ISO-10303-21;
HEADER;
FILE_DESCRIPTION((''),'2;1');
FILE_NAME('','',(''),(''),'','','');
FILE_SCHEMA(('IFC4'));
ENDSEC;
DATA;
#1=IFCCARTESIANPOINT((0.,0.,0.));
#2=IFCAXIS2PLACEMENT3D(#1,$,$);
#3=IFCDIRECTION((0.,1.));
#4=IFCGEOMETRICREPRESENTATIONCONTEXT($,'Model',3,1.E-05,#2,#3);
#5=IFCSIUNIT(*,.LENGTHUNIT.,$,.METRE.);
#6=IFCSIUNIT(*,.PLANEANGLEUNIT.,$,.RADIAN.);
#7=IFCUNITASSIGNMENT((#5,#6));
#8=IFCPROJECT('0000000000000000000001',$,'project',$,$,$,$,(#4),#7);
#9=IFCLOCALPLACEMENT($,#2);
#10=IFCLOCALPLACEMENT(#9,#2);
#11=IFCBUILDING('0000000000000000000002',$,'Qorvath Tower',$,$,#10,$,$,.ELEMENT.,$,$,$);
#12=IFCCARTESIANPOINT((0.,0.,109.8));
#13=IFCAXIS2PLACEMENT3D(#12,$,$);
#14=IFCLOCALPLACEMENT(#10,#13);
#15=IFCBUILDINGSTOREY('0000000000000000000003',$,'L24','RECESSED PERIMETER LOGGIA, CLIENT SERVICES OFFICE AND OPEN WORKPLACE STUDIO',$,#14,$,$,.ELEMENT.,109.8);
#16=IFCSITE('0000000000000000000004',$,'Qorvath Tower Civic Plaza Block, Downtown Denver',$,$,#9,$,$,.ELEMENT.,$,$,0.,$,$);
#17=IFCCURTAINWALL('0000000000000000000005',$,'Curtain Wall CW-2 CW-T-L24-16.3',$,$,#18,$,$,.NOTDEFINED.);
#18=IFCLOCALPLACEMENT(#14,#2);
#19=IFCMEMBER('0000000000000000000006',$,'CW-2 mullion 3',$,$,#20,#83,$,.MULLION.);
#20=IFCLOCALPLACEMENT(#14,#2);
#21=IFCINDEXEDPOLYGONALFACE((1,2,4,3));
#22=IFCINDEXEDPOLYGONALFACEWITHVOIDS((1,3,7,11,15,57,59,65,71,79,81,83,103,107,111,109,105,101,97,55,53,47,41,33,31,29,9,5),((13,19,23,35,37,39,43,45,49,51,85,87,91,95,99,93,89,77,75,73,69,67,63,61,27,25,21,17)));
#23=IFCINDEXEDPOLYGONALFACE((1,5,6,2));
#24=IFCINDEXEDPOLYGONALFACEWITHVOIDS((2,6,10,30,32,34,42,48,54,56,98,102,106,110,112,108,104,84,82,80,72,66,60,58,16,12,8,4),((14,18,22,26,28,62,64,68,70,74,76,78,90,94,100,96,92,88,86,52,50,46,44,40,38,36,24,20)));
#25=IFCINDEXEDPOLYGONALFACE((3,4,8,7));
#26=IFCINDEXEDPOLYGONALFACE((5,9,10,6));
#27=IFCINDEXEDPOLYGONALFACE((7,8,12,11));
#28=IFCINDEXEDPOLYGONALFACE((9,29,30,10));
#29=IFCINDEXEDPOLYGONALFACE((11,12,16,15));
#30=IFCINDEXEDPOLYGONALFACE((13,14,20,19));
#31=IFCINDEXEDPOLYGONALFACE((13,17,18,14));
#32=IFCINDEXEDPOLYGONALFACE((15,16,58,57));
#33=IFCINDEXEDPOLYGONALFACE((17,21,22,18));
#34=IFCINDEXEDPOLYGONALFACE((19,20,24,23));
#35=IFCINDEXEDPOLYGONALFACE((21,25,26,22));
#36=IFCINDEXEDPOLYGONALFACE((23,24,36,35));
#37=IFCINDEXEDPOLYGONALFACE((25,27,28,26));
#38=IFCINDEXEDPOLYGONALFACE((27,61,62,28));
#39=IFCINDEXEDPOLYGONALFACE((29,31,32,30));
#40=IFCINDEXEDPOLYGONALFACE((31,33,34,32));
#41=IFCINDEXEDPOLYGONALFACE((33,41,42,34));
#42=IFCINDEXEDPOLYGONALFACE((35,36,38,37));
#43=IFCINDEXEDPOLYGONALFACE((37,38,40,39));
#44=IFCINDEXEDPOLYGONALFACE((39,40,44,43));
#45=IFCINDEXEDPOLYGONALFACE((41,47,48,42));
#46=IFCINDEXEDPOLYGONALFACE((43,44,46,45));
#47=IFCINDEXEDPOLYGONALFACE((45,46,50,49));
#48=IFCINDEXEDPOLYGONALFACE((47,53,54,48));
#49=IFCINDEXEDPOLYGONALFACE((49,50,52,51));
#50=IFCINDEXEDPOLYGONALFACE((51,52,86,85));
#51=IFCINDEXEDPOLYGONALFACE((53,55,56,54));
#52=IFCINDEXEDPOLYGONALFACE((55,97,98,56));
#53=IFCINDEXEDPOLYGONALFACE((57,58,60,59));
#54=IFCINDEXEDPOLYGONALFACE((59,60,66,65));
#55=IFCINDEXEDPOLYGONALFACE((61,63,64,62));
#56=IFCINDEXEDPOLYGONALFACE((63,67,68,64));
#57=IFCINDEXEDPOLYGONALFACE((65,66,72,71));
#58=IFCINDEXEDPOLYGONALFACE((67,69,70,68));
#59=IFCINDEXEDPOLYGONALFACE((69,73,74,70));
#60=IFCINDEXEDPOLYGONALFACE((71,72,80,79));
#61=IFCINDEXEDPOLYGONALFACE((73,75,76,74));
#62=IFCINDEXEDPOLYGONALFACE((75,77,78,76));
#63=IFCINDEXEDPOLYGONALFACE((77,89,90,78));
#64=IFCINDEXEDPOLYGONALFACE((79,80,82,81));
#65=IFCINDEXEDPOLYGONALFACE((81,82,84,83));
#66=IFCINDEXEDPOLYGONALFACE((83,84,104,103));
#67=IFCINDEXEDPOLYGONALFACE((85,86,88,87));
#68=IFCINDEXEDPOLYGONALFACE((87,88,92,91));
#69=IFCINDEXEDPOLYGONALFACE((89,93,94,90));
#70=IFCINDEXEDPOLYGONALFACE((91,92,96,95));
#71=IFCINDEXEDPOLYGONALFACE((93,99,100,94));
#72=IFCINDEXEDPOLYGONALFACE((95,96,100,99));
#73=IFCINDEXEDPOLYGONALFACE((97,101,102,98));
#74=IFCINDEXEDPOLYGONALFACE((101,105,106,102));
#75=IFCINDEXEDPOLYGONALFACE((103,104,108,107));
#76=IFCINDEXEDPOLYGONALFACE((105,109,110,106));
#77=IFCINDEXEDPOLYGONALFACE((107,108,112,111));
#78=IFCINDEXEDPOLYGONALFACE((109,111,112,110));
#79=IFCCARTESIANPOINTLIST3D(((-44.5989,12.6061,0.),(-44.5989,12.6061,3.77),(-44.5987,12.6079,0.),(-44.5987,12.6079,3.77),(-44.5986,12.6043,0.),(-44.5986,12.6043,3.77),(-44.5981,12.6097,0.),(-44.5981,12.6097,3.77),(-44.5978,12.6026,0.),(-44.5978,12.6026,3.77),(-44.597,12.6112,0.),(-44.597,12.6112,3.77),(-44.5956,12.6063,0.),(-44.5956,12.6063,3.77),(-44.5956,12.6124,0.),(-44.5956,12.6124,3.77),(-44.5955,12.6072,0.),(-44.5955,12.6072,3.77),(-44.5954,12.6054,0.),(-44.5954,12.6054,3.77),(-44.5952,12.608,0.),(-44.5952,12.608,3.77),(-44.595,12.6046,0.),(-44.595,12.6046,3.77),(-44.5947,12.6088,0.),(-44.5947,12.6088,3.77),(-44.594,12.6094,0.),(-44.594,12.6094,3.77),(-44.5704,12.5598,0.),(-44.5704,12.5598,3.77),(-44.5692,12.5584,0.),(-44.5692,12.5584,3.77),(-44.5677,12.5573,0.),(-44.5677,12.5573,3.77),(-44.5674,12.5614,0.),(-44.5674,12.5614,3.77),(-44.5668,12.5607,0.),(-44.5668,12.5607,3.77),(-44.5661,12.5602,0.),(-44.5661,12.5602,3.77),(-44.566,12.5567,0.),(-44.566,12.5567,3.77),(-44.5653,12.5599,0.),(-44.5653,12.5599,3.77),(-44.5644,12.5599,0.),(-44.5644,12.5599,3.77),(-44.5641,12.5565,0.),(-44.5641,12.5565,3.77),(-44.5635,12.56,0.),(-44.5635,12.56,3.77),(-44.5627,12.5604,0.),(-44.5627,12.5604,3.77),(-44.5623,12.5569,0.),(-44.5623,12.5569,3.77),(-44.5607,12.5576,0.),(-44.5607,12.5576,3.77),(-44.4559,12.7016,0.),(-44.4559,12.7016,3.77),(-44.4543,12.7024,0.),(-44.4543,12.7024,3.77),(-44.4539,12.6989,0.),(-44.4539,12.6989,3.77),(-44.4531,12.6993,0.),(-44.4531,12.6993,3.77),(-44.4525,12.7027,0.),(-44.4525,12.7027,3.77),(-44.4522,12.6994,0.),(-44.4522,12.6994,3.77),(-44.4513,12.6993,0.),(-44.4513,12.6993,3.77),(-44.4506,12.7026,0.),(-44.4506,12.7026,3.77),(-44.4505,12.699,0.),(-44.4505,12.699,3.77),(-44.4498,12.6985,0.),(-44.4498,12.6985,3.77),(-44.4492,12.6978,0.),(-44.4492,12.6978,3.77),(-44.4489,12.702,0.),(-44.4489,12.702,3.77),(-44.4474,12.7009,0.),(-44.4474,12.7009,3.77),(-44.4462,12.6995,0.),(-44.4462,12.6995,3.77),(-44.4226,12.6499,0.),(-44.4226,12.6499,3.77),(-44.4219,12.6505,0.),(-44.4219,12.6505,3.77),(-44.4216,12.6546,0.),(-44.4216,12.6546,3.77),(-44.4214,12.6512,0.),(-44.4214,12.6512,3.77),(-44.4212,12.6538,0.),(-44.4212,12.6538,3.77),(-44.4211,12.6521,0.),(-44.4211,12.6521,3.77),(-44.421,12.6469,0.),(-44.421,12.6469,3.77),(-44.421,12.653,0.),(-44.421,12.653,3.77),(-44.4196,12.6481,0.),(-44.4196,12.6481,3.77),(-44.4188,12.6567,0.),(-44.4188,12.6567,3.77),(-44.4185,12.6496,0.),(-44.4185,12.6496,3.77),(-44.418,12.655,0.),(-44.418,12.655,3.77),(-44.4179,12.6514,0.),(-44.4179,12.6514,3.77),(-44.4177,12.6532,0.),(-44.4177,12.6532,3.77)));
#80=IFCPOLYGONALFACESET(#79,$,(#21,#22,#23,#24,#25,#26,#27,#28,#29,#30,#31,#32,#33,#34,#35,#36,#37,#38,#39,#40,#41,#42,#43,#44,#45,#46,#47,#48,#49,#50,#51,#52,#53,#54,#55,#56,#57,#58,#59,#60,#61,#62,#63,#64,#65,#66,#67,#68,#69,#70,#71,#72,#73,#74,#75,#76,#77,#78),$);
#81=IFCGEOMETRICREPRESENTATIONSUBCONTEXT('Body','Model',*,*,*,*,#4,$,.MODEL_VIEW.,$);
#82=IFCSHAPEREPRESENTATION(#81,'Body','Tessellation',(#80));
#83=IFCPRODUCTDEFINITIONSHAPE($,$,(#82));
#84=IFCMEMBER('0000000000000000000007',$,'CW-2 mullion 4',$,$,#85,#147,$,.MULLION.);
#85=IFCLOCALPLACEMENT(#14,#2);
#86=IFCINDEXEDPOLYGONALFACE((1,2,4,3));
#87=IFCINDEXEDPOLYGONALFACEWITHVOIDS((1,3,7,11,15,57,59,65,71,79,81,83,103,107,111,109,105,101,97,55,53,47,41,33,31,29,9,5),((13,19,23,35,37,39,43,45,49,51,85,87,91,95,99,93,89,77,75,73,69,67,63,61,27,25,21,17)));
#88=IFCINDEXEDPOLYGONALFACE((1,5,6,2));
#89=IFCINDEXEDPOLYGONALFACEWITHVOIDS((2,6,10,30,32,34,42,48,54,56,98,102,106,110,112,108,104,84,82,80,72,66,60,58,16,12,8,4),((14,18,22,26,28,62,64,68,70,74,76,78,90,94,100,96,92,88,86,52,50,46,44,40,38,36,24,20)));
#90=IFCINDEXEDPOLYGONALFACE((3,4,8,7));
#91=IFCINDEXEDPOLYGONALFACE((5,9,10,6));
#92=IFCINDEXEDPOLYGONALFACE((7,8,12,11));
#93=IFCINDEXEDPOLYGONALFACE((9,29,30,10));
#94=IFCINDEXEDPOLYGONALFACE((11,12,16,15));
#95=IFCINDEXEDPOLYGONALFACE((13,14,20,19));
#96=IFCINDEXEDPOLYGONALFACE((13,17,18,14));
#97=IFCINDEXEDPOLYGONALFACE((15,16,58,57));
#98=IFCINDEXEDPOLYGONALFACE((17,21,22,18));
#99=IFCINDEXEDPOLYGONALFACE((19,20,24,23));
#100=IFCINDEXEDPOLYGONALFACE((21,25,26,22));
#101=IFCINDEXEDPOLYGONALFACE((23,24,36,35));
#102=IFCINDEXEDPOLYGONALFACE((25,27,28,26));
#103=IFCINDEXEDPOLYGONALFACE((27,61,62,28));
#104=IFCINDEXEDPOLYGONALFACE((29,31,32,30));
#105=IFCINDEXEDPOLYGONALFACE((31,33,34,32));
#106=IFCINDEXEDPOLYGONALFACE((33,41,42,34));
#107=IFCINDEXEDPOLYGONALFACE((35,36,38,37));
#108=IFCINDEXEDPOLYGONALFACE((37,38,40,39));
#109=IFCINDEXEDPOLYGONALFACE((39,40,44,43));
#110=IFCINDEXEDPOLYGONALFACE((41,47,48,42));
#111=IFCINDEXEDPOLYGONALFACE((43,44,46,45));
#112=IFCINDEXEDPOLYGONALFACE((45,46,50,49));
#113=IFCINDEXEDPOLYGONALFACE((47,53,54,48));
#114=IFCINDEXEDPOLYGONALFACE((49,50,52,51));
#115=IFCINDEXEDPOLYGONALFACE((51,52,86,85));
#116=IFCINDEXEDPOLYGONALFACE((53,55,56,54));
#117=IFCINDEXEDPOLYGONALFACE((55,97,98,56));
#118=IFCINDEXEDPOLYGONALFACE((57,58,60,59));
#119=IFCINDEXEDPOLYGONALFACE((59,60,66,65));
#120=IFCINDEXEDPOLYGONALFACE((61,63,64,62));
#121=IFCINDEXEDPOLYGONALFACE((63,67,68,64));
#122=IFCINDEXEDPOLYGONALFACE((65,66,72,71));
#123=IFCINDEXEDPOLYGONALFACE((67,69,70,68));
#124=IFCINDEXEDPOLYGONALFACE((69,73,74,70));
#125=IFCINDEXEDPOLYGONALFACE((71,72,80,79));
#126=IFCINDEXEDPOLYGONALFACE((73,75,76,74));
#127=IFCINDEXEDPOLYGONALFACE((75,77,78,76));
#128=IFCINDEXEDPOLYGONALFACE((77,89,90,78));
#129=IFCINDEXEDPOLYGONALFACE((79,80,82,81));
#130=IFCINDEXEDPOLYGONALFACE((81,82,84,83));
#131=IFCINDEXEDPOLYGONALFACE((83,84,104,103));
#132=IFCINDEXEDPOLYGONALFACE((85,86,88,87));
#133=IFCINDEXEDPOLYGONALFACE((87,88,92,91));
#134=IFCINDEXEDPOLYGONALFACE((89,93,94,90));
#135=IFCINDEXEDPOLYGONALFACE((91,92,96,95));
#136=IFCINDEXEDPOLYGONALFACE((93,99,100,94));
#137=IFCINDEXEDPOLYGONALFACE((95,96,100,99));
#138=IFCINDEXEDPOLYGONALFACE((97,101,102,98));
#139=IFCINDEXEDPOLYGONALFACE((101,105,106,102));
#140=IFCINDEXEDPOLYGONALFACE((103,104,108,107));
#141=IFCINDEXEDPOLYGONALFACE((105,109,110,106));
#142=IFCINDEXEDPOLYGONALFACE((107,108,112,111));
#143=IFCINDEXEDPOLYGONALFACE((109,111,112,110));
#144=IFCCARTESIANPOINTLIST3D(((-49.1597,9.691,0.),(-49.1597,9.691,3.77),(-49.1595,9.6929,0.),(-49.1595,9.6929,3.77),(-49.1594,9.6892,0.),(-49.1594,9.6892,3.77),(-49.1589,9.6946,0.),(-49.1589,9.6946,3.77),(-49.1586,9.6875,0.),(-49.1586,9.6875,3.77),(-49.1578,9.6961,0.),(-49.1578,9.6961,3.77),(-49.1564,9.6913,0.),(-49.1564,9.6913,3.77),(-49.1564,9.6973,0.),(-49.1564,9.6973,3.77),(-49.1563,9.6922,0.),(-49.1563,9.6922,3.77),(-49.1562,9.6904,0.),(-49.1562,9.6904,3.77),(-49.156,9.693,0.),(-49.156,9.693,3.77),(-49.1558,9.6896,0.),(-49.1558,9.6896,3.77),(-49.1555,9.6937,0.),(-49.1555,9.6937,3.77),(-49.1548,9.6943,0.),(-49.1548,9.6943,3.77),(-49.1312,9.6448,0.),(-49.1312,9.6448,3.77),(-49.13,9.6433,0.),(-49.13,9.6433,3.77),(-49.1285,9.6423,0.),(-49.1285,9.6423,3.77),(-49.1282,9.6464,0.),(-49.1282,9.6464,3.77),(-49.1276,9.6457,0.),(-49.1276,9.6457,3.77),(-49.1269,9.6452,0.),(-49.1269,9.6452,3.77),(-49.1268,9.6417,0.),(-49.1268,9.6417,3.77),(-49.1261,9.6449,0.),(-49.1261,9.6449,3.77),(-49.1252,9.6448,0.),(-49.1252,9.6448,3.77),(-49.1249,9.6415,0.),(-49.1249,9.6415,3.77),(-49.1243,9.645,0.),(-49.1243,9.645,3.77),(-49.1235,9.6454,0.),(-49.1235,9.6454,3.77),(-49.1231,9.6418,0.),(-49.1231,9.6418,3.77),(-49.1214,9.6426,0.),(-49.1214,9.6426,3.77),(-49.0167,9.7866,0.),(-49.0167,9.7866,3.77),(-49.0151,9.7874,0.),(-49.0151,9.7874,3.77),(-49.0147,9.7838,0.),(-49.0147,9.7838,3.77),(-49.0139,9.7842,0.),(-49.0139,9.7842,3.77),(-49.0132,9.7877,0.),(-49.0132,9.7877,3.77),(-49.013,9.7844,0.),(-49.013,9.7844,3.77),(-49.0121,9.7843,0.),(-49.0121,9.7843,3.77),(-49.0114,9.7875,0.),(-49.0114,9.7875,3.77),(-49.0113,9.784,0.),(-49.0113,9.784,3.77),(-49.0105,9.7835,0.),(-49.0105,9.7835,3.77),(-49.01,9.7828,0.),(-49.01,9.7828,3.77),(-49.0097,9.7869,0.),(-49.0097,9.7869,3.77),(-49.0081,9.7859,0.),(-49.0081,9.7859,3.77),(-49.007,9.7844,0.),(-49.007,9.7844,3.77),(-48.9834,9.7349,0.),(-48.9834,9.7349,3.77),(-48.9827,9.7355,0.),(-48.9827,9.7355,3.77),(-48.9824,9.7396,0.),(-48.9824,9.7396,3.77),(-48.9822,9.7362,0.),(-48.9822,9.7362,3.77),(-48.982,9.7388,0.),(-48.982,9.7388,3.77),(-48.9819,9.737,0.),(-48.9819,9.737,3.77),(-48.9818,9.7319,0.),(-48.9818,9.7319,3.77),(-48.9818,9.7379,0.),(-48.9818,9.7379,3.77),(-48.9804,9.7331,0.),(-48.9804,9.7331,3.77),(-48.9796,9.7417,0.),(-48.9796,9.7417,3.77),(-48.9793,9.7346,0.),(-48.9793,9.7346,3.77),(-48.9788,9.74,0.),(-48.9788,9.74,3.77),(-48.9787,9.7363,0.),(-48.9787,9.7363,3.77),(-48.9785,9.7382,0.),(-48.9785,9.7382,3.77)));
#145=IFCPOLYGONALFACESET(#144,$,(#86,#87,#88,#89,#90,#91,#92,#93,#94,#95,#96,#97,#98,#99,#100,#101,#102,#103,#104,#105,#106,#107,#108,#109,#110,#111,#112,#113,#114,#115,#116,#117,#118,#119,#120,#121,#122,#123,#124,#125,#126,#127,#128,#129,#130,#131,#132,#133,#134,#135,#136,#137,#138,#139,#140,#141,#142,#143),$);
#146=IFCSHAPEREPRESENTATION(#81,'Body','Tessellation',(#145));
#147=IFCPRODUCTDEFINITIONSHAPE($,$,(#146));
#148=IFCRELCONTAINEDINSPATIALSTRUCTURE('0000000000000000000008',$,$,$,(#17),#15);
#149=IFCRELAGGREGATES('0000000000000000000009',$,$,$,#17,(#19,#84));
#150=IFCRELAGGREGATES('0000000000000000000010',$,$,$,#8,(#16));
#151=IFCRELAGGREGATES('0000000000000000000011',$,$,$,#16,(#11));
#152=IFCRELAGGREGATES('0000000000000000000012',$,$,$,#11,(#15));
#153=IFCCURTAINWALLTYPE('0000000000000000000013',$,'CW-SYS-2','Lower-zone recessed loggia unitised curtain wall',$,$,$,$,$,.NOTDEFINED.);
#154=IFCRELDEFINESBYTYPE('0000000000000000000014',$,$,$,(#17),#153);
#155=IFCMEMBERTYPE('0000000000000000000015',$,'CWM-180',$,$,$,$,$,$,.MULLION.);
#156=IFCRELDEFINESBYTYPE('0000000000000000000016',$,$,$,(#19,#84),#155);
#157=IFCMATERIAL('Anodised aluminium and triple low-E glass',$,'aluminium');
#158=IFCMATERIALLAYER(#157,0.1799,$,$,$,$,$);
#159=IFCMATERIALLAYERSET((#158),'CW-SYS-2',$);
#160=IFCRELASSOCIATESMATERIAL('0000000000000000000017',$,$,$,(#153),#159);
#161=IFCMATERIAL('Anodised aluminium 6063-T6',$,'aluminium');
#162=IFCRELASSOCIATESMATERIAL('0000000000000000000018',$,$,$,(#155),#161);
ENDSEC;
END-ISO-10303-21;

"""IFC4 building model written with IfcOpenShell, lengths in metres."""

from ifc_helpers import new_model, si_unit, direction, frame, origin, origin_2d, place, context, subcontext, project, spatial, hollow_rectangle, extrude, material, layer, layer_set, material_profile, profile_set, type_object, element, aggregate, save


model = new_model("IFC4")

# Units and contexts
model_context = context("Model", 3, precision=1e-05, world=origin(), true_north=direction((0.0, 1.0)))
body_context = subcontext(model_context, "Body", "Model", "MODEL_VIEW")
ifc_project = project(units=[si_unit("LENGTHUNIT", "METRE"), si_unit("PLANEANGLEUNIT", "RADIAN")], contexts=[model_context])

# Site, building, storey
site_placement = place(None, origin())
site = spatial("IfcSite", under=ifc_project, at=site_placement, Name="Qorvath Tower Civic Plaza Block, Downtown Denver", CompositionType="ELEMENT", RefElevation=0.0)
building_placement = place(site_placement, origin())
building = spatial("IfcBuilding", under=site, at=building_placement, Name="Qorvath Tower", CompositionType="ELEMENT")
storey_placement = place(building_placement, frame((0.0, 0.0, 109.8)))
storey = spatial("IfcBuildingStorey", under=building, at=storey_placement, Name="L24", Description="RECESSED PERIMETER LOGGIA, CLIENT SERVICES OFFICE AND OPEN WORKPLACE STUDIO", CompositionType="ELEMENT", Elevation=109.8)

# Curtain wall, members
ifc_material_1 = material(Name="Anodised aluminium and triple low-E glass", Category="aluminium")
ifc_layer_1 = layer(ifc_material_1, 0.1799)
ifc_layer_set_1 = layer_set([ifc_layer_1], Name="CW-SYS-2")
curtain_wall_type = type_object("IfcCurtainWallType", Name="CW-SYS-2", Description="Lower-zone recessed loggia unitised curtain wall", PredefinedType="NOTDEFINED", material=ifc_layer_set_1)
curtain_wall_placement = place(storey_placement, origin())
curtain_wall = element("IfcCurtainWall", 1, at=curtain_wall_placement, inside=storey, type_object=curtain_wall_type, Name="Curtain Wall CW-2 CW-T-L24-16.3", PredefinedType="NOTDEFINED")
ifc_material_2 = material(Name="Anodised aluminium 6063-T6", Category="aluminium")
ifc_material_profile_1 = material_profile(ifc_material_2, hollow_rectangle(XDim=0.0649, YDim=0.1799, WallThickness=0.0034, InnerFilletRadius=0.0034, OuterFilletRadius=0.0071, at=origin_2d()), Name="CWM 180x65")
ifc_profile_set_1 = profile_set([ifc_material_profile_1], Name="Anodised aluminium 6063-T6")
member_type_1 = type_object("IfcMemberType", Name="CWM-180", PredefinedType="MULLION", material=ifc_profile_set_1)
member_1_placement = place(storey_placement, frame((-44.5083, 12.6296, 0.0), z_axis=(0.0, 0.0, 1.0), x_axis=(0.53853, -0.842606, 0.0)))
member_1 = element("IfcMember", 2, at=member_1_placement, type_object=member_type_1, Name="CW-2 mullion 3", PredefinedType="MULLION", context=body_context, shape_type="SweptSolid", body=[
    extrude(hollow_rectangle(XDim=0.0649, YDim=0.1799, WallThickness=0.0034, InnerFilletRadius=0.0034, OuterFilletRadius=0.0071, at=origin_2d()), origin(), (0.0, 0.0, 1.0), 3.77),
])
member_2_placement = place(storey_placement, frame((-49.0691, 9.7146, 0.0), z_axis=(0.0, 0.0, 1.0), x_axis=(0.53853, -0.842606, 0.0)))
member_2 = element("IfcMember", 3, at=member_2_placement, type_object=member_type_1, Name="CW-2 mullion 4", PredefinedType="MULLION", context=body_context, shape_type="SweptSolid", body=[
    extrude(hollow_rectangle(XDim=0.0649, YDim=0.1799, WallThickness=0.0034, InnerFilletRadius=0.0034, OuterFilletRadius=0.0071, at=origin_2d()), origin(), (0.0, 0.0, 1.0), 3.77),
])
aggregate(curtain_wall, [member_1, member_2])

save(model, "model.ifc")
